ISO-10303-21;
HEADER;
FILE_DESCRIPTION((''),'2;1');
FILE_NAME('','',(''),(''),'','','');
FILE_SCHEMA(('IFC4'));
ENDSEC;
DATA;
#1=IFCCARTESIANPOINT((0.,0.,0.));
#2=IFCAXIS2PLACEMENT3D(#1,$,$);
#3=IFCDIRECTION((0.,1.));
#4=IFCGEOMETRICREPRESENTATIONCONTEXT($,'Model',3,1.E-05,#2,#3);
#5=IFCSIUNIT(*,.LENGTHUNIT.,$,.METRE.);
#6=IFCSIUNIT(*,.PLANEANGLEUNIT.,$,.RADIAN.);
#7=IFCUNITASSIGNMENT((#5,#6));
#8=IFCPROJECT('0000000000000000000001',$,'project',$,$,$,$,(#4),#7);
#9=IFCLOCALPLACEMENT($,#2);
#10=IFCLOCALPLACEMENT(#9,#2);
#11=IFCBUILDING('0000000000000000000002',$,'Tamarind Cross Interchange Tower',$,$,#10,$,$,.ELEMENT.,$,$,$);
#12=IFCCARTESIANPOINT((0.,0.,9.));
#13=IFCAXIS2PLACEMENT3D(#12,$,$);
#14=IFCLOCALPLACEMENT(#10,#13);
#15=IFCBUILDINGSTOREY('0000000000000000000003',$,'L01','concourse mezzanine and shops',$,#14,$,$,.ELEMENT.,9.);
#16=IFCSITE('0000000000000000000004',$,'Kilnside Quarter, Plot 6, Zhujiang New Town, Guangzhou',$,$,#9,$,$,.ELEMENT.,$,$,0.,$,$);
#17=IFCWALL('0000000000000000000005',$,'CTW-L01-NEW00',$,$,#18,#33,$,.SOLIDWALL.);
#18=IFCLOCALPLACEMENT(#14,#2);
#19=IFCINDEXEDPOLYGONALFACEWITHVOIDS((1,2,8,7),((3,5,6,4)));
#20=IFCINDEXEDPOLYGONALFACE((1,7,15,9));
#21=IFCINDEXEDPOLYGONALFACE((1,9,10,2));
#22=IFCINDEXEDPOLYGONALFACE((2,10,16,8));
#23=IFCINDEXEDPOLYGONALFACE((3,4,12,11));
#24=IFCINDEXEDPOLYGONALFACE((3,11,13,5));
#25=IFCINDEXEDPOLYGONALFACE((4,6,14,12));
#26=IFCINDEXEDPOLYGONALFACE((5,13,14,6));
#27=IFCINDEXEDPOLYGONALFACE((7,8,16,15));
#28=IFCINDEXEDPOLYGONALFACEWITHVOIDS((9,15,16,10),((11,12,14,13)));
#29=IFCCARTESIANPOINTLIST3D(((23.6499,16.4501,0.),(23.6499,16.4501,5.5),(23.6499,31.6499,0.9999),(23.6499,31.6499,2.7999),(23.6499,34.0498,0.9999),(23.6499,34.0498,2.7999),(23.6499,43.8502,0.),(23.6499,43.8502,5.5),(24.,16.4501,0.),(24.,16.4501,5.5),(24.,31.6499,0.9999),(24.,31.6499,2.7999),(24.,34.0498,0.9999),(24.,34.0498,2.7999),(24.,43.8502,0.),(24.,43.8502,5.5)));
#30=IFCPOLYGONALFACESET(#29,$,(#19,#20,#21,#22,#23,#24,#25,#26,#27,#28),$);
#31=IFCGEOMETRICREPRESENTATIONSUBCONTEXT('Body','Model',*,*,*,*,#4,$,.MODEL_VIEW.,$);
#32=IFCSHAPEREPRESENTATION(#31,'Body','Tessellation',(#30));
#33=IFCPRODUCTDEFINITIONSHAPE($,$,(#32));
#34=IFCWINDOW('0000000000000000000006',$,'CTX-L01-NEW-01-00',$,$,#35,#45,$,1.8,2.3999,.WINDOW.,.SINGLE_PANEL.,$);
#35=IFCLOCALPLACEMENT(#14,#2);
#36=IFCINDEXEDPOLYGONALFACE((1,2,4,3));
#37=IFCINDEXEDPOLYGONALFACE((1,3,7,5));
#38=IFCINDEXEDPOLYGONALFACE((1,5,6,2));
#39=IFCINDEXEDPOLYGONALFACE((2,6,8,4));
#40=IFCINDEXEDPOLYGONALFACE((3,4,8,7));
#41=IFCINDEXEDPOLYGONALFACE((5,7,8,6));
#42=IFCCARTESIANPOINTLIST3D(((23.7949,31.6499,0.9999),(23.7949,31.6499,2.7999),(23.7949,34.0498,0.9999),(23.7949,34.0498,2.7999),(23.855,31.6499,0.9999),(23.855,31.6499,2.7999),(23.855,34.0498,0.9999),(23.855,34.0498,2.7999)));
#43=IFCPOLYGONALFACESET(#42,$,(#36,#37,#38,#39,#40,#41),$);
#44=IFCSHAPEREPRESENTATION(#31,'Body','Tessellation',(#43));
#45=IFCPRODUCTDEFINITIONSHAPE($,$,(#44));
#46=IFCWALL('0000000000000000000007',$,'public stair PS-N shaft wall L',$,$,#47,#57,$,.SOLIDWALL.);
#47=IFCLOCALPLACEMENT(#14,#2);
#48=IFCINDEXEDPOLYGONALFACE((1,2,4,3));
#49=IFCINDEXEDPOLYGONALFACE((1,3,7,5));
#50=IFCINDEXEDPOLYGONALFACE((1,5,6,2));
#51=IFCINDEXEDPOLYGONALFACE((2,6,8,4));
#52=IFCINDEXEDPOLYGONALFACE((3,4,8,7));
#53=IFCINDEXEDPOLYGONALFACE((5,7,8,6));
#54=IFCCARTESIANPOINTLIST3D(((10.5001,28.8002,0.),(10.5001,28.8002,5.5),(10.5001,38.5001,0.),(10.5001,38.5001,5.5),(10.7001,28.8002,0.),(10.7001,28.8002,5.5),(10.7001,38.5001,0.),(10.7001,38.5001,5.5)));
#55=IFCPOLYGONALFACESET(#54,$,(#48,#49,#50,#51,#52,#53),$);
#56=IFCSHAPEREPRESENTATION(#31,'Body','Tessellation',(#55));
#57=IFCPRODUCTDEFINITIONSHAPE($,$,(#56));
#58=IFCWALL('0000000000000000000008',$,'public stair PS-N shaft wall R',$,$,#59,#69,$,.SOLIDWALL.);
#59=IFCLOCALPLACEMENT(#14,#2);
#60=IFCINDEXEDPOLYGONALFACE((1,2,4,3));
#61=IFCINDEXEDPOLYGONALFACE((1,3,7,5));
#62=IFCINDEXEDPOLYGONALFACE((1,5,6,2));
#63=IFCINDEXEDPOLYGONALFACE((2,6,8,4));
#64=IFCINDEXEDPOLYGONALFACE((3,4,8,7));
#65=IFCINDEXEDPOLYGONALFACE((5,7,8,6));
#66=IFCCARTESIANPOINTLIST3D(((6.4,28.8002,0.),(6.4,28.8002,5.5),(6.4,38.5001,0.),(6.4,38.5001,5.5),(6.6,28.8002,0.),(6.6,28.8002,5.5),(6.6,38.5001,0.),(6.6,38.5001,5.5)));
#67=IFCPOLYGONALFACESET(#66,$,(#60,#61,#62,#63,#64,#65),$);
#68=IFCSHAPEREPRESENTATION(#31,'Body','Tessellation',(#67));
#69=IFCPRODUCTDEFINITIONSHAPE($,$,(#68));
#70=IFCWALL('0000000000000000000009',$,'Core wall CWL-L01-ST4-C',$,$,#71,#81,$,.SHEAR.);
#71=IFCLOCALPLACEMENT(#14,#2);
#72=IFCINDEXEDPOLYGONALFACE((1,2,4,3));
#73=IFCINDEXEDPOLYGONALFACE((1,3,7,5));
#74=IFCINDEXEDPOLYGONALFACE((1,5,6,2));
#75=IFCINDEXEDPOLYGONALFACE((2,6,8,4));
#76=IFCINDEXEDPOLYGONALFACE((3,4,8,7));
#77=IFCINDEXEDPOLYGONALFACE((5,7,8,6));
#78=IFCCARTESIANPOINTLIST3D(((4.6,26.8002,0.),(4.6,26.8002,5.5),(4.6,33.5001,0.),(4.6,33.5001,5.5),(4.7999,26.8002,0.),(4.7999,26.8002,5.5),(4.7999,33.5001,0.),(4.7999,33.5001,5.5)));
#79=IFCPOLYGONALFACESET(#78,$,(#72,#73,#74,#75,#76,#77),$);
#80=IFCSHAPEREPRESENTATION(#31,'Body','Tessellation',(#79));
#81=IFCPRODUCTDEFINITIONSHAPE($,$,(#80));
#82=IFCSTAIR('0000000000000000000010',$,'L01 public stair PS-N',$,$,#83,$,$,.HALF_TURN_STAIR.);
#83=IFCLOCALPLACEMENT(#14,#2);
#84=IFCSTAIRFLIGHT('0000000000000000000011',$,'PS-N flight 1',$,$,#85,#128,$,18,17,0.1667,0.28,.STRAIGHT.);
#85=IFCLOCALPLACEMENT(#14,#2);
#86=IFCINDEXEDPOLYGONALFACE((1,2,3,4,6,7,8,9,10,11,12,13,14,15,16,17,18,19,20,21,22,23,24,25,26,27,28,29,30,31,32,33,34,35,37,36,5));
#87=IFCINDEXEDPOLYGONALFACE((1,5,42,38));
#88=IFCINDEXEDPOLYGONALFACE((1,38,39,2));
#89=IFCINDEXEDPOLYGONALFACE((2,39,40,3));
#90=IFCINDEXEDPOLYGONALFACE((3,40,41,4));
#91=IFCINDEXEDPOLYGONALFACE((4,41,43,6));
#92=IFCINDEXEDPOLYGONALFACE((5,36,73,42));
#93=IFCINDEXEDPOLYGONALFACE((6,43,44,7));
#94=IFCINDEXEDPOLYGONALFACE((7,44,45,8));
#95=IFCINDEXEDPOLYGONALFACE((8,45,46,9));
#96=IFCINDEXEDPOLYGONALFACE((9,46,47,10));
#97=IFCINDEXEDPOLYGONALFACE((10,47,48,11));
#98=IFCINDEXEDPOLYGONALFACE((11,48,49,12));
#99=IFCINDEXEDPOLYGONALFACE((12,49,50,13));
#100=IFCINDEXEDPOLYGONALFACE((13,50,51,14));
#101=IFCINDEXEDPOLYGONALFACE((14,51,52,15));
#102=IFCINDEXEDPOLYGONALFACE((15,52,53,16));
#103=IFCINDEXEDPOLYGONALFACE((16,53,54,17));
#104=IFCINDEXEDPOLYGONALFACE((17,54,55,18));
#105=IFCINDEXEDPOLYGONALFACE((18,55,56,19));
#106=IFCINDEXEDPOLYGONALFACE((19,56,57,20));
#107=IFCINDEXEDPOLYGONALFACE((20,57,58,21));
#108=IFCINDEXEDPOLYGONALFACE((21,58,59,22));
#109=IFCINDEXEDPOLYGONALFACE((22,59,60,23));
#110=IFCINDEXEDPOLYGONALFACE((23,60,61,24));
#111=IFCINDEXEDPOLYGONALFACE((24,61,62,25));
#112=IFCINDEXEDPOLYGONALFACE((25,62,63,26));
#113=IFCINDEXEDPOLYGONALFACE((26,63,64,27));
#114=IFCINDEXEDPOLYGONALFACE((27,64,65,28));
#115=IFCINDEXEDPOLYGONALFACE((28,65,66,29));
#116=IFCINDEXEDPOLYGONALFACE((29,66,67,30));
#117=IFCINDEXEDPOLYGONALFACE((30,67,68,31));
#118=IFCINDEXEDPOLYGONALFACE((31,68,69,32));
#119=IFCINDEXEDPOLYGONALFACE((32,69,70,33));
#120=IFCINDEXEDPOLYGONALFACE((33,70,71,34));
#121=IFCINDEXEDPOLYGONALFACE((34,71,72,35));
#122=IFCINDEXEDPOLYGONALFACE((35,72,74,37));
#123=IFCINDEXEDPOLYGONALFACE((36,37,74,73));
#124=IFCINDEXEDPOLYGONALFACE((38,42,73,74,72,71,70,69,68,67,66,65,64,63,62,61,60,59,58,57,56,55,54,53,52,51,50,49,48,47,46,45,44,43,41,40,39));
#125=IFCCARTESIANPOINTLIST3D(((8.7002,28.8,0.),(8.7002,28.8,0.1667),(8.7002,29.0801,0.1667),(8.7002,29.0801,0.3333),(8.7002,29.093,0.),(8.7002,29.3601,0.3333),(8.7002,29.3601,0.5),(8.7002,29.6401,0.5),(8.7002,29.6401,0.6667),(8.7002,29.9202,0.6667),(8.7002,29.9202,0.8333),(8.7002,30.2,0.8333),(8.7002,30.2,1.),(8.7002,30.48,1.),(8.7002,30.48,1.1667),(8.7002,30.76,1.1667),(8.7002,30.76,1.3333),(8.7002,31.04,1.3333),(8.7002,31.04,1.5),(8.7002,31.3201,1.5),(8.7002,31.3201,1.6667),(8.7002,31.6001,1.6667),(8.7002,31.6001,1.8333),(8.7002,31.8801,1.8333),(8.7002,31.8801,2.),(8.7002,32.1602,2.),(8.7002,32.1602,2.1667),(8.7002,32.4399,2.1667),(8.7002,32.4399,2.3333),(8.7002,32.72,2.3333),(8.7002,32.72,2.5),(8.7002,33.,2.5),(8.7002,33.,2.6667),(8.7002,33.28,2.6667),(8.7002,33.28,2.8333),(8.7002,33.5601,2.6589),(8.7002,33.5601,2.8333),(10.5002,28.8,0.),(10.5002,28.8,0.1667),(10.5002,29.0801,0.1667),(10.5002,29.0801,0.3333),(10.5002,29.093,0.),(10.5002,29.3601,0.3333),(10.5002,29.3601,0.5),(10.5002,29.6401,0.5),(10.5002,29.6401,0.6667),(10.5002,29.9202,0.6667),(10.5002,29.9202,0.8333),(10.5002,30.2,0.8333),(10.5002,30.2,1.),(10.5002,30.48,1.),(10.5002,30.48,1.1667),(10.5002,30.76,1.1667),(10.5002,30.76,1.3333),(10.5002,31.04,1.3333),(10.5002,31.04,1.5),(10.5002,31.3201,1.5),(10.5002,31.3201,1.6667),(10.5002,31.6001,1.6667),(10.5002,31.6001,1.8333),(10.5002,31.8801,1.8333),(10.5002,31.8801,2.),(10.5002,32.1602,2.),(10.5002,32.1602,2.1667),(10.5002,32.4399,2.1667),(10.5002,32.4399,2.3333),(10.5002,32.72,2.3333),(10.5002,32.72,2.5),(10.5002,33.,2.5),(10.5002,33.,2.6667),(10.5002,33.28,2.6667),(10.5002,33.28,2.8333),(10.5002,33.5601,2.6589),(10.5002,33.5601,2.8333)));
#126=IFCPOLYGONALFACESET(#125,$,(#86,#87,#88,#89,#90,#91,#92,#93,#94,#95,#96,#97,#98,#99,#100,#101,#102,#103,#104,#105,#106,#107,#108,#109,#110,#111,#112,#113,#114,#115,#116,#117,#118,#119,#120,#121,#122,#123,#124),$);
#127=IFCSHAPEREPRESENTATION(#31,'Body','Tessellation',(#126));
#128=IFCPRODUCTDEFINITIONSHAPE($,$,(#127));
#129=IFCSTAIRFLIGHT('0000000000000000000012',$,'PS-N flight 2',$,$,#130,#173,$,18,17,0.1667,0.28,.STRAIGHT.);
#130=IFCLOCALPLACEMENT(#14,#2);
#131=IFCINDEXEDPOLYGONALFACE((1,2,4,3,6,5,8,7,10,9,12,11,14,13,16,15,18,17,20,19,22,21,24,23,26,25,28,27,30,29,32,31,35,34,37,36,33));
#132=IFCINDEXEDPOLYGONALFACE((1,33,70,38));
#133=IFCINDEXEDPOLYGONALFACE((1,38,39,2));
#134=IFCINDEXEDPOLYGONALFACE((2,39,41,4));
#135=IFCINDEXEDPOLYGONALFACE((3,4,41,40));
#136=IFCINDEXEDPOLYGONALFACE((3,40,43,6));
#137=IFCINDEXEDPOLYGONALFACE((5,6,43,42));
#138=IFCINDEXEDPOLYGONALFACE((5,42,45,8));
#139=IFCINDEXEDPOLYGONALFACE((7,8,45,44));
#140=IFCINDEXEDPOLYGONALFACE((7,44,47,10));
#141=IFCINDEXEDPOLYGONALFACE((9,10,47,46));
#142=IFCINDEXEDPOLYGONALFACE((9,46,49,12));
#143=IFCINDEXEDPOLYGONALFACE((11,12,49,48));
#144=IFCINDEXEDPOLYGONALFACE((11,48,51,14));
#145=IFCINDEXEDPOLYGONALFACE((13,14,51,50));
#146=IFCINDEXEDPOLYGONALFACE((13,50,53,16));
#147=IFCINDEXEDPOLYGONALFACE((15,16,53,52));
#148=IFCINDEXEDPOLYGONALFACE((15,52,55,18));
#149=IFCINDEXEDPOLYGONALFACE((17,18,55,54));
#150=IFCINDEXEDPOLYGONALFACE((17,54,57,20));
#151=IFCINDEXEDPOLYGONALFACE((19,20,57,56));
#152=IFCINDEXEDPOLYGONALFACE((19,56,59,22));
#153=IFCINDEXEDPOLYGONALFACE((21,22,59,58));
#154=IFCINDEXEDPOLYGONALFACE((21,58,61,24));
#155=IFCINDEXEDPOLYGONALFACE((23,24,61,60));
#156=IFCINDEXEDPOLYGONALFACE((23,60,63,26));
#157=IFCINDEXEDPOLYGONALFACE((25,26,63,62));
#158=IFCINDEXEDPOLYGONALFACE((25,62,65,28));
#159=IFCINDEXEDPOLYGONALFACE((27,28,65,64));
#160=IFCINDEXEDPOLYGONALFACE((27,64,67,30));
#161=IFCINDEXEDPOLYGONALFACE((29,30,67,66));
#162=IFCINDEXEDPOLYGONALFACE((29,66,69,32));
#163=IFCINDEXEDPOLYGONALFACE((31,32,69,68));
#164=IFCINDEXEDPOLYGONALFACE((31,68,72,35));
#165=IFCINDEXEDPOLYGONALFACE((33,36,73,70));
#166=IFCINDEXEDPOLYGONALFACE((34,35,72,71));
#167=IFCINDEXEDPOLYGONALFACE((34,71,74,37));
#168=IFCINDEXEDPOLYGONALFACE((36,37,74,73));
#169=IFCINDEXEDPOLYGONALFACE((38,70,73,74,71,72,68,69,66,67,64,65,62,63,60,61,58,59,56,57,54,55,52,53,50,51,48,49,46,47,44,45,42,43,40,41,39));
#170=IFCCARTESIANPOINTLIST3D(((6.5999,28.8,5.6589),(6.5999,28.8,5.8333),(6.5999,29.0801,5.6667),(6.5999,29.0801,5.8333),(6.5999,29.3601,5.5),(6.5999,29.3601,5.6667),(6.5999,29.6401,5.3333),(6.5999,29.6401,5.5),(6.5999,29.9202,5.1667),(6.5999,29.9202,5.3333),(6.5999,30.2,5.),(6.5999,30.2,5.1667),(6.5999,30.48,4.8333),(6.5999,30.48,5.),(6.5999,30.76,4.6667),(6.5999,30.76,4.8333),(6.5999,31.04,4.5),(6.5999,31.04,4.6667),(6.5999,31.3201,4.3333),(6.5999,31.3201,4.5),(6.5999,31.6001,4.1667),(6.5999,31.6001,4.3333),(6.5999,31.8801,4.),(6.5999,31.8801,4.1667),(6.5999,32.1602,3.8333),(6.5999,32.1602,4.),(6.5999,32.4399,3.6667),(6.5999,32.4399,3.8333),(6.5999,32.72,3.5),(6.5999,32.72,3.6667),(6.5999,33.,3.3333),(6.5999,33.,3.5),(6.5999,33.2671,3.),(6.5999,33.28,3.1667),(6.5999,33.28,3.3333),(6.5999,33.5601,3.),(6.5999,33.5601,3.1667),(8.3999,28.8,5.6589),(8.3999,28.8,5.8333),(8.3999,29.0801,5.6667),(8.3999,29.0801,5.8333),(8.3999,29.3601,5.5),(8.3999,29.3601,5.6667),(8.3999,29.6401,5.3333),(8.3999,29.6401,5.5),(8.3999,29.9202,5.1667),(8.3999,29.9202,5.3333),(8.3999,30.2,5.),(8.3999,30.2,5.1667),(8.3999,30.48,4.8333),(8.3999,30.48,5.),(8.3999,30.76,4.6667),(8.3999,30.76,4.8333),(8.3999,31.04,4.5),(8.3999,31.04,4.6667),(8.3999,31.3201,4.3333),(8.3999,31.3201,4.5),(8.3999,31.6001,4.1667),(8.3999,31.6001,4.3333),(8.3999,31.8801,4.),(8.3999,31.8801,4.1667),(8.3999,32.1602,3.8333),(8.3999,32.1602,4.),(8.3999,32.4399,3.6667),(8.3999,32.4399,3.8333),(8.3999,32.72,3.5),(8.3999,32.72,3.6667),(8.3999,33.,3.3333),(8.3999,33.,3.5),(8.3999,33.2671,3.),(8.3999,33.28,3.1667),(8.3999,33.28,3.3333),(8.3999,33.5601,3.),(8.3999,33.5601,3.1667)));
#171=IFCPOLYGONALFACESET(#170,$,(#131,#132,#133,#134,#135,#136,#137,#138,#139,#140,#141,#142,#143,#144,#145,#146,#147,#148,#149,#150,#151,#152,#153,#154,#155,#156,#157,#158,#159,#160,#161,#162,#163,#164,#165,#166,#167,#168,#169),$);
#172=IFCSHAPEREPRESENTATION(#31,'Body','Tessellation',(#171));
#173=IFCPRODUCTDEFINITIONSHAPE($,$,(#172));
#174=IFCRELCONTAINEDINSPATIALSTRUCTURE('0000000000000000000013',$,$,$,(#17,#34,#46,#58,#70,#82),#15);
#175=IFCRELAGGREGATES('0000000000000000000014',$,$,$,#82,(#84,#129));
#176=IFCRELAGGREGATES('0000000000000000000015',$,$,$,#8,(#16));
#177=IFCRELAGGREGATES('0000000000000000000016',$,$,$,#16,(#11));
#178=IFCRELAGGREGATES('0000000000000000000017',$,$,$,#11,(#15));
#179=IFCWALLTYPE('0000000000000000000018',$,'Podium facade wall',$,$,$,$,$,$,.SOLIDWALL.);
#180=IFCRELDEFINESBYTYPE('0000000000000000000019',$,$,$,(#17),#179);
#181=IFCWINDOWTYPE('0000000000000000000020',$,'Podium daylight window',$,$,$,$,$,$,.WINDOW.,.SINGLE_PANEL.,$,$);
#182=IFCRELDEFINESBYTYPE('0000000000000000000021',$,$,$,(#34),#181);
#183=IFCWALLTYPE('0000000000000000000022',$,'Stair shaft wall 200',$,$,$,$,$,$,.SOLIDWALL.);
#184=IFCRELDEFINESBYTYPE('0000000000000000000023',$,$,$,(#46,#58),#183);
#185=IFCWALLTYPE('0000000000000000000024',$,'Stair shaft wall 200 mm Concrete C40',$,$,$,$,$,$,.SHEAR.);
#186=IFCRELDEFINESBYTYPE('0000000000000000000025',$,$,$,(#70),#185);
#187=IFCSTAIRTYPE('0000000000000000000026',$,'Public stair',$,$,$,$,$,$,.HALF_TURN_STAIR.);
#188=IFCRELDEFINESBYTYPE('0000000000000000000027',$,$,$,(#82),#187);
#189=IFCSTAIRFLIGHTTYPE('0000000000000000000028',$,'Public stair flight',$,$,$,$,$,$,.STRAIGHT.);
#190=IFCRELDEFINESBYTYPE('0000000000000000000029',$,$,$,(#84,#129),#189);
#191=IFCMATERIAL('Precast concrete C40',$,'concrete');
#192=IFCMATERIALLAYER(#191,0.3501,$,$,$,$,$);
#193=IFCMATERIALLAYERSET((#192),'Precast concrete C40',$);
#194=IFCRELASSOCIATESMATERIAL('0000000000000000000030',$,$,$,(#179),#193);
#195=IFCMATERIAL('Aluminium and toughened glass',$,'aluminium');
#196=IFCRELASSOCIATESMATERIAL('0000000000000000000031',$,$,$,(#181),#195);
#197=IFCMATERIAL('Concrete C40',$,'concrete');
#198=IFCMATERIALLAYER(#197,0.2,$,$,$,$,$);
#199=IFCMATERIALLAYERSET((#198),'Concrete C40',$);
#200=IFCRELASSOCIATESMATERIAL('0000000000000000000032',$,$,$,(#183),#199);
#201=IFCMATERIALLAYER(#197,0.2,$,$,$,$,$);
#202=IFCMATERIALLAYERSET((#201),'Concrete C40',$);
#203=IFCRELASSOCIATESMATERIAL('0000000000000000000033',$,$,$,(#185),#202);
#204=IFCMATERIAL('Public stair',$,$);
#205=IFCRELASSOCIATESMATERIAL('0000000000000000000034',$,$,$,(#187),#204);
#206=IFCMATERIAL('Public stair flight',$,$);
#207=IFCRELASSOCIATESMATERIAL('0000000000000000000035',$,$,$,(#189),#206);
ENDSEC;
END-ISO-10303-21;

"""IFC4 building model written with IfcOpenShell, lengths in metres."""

from ifc_helpers import new_model, si_unit, direction, frame, frame_2d, origin, place, context, subcontext, project, spatial, polyline, rectangle, outline, extrude, material, layer, layer_set, type_object, element, fill, aggregate, save


model = new_model("IFC4")

# Units and contexts
model_context = context("Model", 3, precision=1e-05, world=origin(), true_north=direction((0.0, 1.0)))
body_context = subcontext(model_context, "Body", "Model", "MODEL_VIEW")
ifc_project = project(units=[si_unit("LENGTHUNIT", "METRE"), si_unit("PLANEANGLEUNIT", "RADIAN")], contexts=[model_context])

# Site, building, storey
site_placement = place(None, origin())
site = spatial("IfcSite", under=ifc_project, at=site_placement, Name="Kilnside Quarter, Plot 6, Zhujiang New Town, Guangzhou", CompositionType="ELEMENT", RefElevation=0.0)
building_placement = place(site_placement, origin())
building = spatial("IfcBuilding", under=site, at=building_placement, Name="Tamarind Cross Interchange Tower", CompositionType="ELEMENT")
storey_placement = place(building_placement, frame((0.0, 0.0, 9.0)))
storey = spatial("IfcBuildingStorey", under=building, at=storey_placement, Name="L01", Description="concourse mezzanine and shops", CompositionType="ELEMENT", Elevation=9.0)

# Wall, opening, window
ifc_material_1 = material(Name="Precast concrete C40", Category="concrete")
ifc_layer_1 = layer(ifc_material_1, 0.3501)
ifc_layer_set_1 = layer_set([ifc_layer_1], Name="Precast concrete C40")
wall_type_1 = type_object("IfcWallType", Name="Podium facade wall", PredefinedType="SOLIDWALL", material=ifc_layer_set_1)
ifc_material_2 = material(Name="Aluminium and toughened glass", Category="aluminium")
window_type = type_object("IfcWindowType", Name="Podium daylight window", PartitioningType="SINGLE_PANEL", PredefinedType="WINDOW", material=ifc_material_2)
wall_1_placement = place(storey_placement, frame((23.825, 16.45, 0.0), z_axis=(0.0, 0.0, 1.0), x_axis=(0.0, 1.0, 0.0)))
wall_1 = element("IfcWall", 1, at=wall_1_placement, inside=storey, type_object=wall_type_1, Name="CTW-L01-NEW00", PredefinedType="SOLIDWALL", context=body_context, shape_type="SweptSolid", body=[
    extrude(rectangle(XDim=27.4001, YDim=0.3501, at=frame_2d((13.7002, 0.0))), origin(), (0.0, 0.0, 1.0), 5.5),
])
opening_1_placement = place(wall_1_placement, frame((15.2, 0.0, 1.0)))
opening_1 = element("IfcOpeningElement", 2, at=opening_1_placement, cuts=wall_1, PredefinedType="OPENING", context=body_context, shape_type="SweptSolid", body=[
    extrude(rectangle(XDim=2.3999, YDim=1.8, at=frame_2d((1.2, 0.8999))), frame((0.0, 0.1851, 0.0), z_axis=(0.0, -1.0, 0.0), x_axis=(1.0, 0.0, 0.0)), (0.0, 0.0, 1.0), 0.3701),
])
window_1_placement = place(opening_1_placement, origin())
window_1 = element("IfcWindow", 3, at=window_1_placement, inside=storey, type_object=window_type, Name="CTX-L01-NEW-01-00", OverallHeight=1.8, OverallWidth=2.3999, PartitioningType="SINGLE_PANEL", PredefinedType="WINDOW", context=body_context, shape_type="SweptSolid", body=[
    extrude(rectangle(XDim=2.3999, YDim=1.8, at=frame_2d((1.2, 0.8999))), frame((0.0, 0.03, 0.0), z_axis=(0.0, -1.0, 0.0), x_axis=(1.0, 0.0, 0.0)), (0.0, 0.0, 1.0), 0.0601),
])
fill(opening_1, window_1)

# Walls
ifc_material_3 = material(Name="Concrete C40", Category="concrete")
ifc_layer_2 = layer(ifc_material_3, 0.2)
ifc_layer_set_2 = layer_set([ifc_layer_2], Name="Concrete C40")
wall_type_2 = type_object("IfcWallType", Name="Stair shaft wall 200", PredefinedType="SOLIDWALL", material=ifc_layer_set_2)
for number, where, z_axis, x_axis, name in (
    (4, (10.6001, 28.8, 0.0), (0.0, 0.0, 1.0), (0.0, 1.0, 0.0), "public stair PS-N shaft wall L"),
    (5, (6.5, 28.8, 0.0), (0.0, 0.0, 1.0), (0.0, 1.0, 0.0), "public stair PS-N shaft wall R"),
):
    element("IfcWall", number, at=place(storey_placement, frame(where, z_axis=z_axis, x_axis=x_axis)), inside=storey, type_object=wall_type_2, Name=name, PredefinedType="SOLIDWALL", context=body_context, shape_type="SweptSolid", body=[
        extrude(rectangle(XDim=9.7, YDim=0.2, at=frame_2d((4.8501, 0.0))), origin(), (0.0, 0.0, 1.0), 5.5),
    ])
ifc_layer_3 = layer(ifc_material_3, 0.2)
ifc_layer_set_3 = layer_set([ifc_layer_3], Name="Concrete C40")
wall_type_3 = type_object("IfcWallType", Name="Stair shaft wall 200 mm Concrete C40", PredefinedType="SHEAR", material=ifc_layer_set_3)
wall_2_placement = place(storey_placement, frame((4.7, 26.8, 0.0), z_axis=(0.0, 0.0, 1.0), x_axis=(0.0, 1.0, 0.0)))
element("IfcWall", 6, at=wall_2_placement, inside=storey, type_object=wall_type_3, Name="Core wall CWL-L01-ST4-C", PredefinedType="SHEAR", context=body_context, shape_type="SweptSolid", body=[
    extrude(rectangle(XDim=6.7, YDim=0.2, at=frame_2d((3.3501, 0.0))), origin(), (0.0, 0.0, 1.0), 5.5),
])

# Stair, stair flights
ifc_material_4 = material(Name="Public stair")
stair_type = type_object("IfcStairType", Name="Public stair", PredefinedType="HALF_TURN_STAIR", material=ifc_material_4)
stair_placement = place(storey_placement, origin())
stair = element("IfcStair", 7, at=stair_placement, inside=storey, type_object=stair_type, Name="L01 public stair PS-N", PredefinedType="HALF_TURN_STAIR")
ifc_material_5 = material(Name="Public stair flight")
stair_flight_type = type_object("IfcStairFlightType", Name="Public stair flight", PredefinedType="STRAIGHT", material=ifc_material_5)
stair_flight_1_placement = place(storey_placement, frame((9.6001, 28.8, 0.0), z_axis=(0.0, 0.0, 1.0), x_axis=(0.0, 1.0, 0.0)))
stair_flight_1 = element("IfcStairFlight", 8, at=stair_flight_1_placement, type_object=stair_flight_type, Name="PS-N flight 1", NumberOfRisers=18, NumberOfTreads=17, PredefinedType="STRAIGHT", RiserHeight=0.1667, TreadLength=0.28, context=body_context, shape_type="SweptSolid", body=[
    extrude(outline(polyline([(0.0, 0.0), (0.0, 0.1667), (0.28, 0.1667), (0.28, 0.3333), (0.5601, 0.3333), (0.5601, 0.5), (0.8401, 0.5), (0.8401, 0.6667), (1.1201, 0.6667), (1.1201, 0.8333), (1.3999, 0.8333), (1.3999, 1.0), (1.6799, 1.0), (1.6799, 1.1667), (1.96, 1.1667), (1.96, 1.3333), (2.24, 1.3333), (2.24, 1.5), (2.52, 1.5), (2.52, 1.6667), (2.8, 1.6667), (2.8, 1.8333), (3.0801, 1.8333), (3.0801, 2.0), (3.3601, 2.0), (3.3601, 2.1667), (3.6399, 2.1667), (3.6399, 2.3333), (3.9199, 2.3333), (3.9199, 2.5), (4.2, 2.5), (4.2, 2.6667), (4.48, 2.6667), (4.48, 2.8333), (4.76, 2.8333), (4.76, 3.0), (4.76, 2.6589), (0.293, 0.0), (0.0, 0.0)])), frame((0.0, 0.8999, 0.0), z_axis=(0.0, -1.0, 0.0), x_axis=(1.0, 0.0, 0.0)), (0.0, 0.0, 1.0), 1.8),
])
stair_flight_2_placement = place(storey_placement, frame((7.5, 33.5601, 3.0), z_axis=(0.0, 0.0, 1.0), x_axis=(0.0, -1.0, 0.0)))
stair_flight_2 = element("IfcStairFlight", 9, at=stair_flight_2_placement, type_object=stair_flight_type, Name="PS-N flight 2", NumberOfRisers=18, NumberOfTreads=17, PredefinedType="STRAIGHT", RiserHeight=0.1667, TreadLength=0.28, context=body_context, shape_type="SweptSolid", body=[
    extrude(outline(polyline([(0.0, 0.0), (0.0, 0.1667), (0.28, 0.1667), (0.28, 0.3333), (0.5601, 0.3333), (0.5601, 0.5), (0.8401, 0.5), (0.8401, 0.6667), (1.1201, 0.6667), (1.1201, 0.8333), (1.3999, 0.8333), (1.3999, 1.0), (1.6799, 1.0), (1.6799, 1.1667), (1.96, 1.1667), (1.96, 1.3333), (2.24, 1.3333), (2.24, 1.5), (2.52, 1.5), (2.52, 1.6667), (2.8, 1.6667), (2.8, 1.8333), (3.0801, 1.8333), (3.0801, 2.0), (3.3601, 2.0), (3.3601, 2.1667), (3.6399, 2.1667), (3.6399, 2.3333), (3.9199, 2.3333), (3.9199, 2.5), (4.2, 2.5), (4.2, 2.6667), (4.48, 2.6667), (4.48, 2.8333), (4.76, 2.8333), (4.76, 3.0), (4.76, 2.6589), (0.293, 0.0), (0.0, 0.0)])), frame((0.0, 0.8999, 0.0), z_axis=(0.0, -1.0, 0.0), x_axis=(1.0, 0.0, 0.0)), (0.0, 0.0, 1.0), 1.8),
])
aggregate(stair, [stair_flight_1, stair_flight_2])

save(model, "model.ifc")
